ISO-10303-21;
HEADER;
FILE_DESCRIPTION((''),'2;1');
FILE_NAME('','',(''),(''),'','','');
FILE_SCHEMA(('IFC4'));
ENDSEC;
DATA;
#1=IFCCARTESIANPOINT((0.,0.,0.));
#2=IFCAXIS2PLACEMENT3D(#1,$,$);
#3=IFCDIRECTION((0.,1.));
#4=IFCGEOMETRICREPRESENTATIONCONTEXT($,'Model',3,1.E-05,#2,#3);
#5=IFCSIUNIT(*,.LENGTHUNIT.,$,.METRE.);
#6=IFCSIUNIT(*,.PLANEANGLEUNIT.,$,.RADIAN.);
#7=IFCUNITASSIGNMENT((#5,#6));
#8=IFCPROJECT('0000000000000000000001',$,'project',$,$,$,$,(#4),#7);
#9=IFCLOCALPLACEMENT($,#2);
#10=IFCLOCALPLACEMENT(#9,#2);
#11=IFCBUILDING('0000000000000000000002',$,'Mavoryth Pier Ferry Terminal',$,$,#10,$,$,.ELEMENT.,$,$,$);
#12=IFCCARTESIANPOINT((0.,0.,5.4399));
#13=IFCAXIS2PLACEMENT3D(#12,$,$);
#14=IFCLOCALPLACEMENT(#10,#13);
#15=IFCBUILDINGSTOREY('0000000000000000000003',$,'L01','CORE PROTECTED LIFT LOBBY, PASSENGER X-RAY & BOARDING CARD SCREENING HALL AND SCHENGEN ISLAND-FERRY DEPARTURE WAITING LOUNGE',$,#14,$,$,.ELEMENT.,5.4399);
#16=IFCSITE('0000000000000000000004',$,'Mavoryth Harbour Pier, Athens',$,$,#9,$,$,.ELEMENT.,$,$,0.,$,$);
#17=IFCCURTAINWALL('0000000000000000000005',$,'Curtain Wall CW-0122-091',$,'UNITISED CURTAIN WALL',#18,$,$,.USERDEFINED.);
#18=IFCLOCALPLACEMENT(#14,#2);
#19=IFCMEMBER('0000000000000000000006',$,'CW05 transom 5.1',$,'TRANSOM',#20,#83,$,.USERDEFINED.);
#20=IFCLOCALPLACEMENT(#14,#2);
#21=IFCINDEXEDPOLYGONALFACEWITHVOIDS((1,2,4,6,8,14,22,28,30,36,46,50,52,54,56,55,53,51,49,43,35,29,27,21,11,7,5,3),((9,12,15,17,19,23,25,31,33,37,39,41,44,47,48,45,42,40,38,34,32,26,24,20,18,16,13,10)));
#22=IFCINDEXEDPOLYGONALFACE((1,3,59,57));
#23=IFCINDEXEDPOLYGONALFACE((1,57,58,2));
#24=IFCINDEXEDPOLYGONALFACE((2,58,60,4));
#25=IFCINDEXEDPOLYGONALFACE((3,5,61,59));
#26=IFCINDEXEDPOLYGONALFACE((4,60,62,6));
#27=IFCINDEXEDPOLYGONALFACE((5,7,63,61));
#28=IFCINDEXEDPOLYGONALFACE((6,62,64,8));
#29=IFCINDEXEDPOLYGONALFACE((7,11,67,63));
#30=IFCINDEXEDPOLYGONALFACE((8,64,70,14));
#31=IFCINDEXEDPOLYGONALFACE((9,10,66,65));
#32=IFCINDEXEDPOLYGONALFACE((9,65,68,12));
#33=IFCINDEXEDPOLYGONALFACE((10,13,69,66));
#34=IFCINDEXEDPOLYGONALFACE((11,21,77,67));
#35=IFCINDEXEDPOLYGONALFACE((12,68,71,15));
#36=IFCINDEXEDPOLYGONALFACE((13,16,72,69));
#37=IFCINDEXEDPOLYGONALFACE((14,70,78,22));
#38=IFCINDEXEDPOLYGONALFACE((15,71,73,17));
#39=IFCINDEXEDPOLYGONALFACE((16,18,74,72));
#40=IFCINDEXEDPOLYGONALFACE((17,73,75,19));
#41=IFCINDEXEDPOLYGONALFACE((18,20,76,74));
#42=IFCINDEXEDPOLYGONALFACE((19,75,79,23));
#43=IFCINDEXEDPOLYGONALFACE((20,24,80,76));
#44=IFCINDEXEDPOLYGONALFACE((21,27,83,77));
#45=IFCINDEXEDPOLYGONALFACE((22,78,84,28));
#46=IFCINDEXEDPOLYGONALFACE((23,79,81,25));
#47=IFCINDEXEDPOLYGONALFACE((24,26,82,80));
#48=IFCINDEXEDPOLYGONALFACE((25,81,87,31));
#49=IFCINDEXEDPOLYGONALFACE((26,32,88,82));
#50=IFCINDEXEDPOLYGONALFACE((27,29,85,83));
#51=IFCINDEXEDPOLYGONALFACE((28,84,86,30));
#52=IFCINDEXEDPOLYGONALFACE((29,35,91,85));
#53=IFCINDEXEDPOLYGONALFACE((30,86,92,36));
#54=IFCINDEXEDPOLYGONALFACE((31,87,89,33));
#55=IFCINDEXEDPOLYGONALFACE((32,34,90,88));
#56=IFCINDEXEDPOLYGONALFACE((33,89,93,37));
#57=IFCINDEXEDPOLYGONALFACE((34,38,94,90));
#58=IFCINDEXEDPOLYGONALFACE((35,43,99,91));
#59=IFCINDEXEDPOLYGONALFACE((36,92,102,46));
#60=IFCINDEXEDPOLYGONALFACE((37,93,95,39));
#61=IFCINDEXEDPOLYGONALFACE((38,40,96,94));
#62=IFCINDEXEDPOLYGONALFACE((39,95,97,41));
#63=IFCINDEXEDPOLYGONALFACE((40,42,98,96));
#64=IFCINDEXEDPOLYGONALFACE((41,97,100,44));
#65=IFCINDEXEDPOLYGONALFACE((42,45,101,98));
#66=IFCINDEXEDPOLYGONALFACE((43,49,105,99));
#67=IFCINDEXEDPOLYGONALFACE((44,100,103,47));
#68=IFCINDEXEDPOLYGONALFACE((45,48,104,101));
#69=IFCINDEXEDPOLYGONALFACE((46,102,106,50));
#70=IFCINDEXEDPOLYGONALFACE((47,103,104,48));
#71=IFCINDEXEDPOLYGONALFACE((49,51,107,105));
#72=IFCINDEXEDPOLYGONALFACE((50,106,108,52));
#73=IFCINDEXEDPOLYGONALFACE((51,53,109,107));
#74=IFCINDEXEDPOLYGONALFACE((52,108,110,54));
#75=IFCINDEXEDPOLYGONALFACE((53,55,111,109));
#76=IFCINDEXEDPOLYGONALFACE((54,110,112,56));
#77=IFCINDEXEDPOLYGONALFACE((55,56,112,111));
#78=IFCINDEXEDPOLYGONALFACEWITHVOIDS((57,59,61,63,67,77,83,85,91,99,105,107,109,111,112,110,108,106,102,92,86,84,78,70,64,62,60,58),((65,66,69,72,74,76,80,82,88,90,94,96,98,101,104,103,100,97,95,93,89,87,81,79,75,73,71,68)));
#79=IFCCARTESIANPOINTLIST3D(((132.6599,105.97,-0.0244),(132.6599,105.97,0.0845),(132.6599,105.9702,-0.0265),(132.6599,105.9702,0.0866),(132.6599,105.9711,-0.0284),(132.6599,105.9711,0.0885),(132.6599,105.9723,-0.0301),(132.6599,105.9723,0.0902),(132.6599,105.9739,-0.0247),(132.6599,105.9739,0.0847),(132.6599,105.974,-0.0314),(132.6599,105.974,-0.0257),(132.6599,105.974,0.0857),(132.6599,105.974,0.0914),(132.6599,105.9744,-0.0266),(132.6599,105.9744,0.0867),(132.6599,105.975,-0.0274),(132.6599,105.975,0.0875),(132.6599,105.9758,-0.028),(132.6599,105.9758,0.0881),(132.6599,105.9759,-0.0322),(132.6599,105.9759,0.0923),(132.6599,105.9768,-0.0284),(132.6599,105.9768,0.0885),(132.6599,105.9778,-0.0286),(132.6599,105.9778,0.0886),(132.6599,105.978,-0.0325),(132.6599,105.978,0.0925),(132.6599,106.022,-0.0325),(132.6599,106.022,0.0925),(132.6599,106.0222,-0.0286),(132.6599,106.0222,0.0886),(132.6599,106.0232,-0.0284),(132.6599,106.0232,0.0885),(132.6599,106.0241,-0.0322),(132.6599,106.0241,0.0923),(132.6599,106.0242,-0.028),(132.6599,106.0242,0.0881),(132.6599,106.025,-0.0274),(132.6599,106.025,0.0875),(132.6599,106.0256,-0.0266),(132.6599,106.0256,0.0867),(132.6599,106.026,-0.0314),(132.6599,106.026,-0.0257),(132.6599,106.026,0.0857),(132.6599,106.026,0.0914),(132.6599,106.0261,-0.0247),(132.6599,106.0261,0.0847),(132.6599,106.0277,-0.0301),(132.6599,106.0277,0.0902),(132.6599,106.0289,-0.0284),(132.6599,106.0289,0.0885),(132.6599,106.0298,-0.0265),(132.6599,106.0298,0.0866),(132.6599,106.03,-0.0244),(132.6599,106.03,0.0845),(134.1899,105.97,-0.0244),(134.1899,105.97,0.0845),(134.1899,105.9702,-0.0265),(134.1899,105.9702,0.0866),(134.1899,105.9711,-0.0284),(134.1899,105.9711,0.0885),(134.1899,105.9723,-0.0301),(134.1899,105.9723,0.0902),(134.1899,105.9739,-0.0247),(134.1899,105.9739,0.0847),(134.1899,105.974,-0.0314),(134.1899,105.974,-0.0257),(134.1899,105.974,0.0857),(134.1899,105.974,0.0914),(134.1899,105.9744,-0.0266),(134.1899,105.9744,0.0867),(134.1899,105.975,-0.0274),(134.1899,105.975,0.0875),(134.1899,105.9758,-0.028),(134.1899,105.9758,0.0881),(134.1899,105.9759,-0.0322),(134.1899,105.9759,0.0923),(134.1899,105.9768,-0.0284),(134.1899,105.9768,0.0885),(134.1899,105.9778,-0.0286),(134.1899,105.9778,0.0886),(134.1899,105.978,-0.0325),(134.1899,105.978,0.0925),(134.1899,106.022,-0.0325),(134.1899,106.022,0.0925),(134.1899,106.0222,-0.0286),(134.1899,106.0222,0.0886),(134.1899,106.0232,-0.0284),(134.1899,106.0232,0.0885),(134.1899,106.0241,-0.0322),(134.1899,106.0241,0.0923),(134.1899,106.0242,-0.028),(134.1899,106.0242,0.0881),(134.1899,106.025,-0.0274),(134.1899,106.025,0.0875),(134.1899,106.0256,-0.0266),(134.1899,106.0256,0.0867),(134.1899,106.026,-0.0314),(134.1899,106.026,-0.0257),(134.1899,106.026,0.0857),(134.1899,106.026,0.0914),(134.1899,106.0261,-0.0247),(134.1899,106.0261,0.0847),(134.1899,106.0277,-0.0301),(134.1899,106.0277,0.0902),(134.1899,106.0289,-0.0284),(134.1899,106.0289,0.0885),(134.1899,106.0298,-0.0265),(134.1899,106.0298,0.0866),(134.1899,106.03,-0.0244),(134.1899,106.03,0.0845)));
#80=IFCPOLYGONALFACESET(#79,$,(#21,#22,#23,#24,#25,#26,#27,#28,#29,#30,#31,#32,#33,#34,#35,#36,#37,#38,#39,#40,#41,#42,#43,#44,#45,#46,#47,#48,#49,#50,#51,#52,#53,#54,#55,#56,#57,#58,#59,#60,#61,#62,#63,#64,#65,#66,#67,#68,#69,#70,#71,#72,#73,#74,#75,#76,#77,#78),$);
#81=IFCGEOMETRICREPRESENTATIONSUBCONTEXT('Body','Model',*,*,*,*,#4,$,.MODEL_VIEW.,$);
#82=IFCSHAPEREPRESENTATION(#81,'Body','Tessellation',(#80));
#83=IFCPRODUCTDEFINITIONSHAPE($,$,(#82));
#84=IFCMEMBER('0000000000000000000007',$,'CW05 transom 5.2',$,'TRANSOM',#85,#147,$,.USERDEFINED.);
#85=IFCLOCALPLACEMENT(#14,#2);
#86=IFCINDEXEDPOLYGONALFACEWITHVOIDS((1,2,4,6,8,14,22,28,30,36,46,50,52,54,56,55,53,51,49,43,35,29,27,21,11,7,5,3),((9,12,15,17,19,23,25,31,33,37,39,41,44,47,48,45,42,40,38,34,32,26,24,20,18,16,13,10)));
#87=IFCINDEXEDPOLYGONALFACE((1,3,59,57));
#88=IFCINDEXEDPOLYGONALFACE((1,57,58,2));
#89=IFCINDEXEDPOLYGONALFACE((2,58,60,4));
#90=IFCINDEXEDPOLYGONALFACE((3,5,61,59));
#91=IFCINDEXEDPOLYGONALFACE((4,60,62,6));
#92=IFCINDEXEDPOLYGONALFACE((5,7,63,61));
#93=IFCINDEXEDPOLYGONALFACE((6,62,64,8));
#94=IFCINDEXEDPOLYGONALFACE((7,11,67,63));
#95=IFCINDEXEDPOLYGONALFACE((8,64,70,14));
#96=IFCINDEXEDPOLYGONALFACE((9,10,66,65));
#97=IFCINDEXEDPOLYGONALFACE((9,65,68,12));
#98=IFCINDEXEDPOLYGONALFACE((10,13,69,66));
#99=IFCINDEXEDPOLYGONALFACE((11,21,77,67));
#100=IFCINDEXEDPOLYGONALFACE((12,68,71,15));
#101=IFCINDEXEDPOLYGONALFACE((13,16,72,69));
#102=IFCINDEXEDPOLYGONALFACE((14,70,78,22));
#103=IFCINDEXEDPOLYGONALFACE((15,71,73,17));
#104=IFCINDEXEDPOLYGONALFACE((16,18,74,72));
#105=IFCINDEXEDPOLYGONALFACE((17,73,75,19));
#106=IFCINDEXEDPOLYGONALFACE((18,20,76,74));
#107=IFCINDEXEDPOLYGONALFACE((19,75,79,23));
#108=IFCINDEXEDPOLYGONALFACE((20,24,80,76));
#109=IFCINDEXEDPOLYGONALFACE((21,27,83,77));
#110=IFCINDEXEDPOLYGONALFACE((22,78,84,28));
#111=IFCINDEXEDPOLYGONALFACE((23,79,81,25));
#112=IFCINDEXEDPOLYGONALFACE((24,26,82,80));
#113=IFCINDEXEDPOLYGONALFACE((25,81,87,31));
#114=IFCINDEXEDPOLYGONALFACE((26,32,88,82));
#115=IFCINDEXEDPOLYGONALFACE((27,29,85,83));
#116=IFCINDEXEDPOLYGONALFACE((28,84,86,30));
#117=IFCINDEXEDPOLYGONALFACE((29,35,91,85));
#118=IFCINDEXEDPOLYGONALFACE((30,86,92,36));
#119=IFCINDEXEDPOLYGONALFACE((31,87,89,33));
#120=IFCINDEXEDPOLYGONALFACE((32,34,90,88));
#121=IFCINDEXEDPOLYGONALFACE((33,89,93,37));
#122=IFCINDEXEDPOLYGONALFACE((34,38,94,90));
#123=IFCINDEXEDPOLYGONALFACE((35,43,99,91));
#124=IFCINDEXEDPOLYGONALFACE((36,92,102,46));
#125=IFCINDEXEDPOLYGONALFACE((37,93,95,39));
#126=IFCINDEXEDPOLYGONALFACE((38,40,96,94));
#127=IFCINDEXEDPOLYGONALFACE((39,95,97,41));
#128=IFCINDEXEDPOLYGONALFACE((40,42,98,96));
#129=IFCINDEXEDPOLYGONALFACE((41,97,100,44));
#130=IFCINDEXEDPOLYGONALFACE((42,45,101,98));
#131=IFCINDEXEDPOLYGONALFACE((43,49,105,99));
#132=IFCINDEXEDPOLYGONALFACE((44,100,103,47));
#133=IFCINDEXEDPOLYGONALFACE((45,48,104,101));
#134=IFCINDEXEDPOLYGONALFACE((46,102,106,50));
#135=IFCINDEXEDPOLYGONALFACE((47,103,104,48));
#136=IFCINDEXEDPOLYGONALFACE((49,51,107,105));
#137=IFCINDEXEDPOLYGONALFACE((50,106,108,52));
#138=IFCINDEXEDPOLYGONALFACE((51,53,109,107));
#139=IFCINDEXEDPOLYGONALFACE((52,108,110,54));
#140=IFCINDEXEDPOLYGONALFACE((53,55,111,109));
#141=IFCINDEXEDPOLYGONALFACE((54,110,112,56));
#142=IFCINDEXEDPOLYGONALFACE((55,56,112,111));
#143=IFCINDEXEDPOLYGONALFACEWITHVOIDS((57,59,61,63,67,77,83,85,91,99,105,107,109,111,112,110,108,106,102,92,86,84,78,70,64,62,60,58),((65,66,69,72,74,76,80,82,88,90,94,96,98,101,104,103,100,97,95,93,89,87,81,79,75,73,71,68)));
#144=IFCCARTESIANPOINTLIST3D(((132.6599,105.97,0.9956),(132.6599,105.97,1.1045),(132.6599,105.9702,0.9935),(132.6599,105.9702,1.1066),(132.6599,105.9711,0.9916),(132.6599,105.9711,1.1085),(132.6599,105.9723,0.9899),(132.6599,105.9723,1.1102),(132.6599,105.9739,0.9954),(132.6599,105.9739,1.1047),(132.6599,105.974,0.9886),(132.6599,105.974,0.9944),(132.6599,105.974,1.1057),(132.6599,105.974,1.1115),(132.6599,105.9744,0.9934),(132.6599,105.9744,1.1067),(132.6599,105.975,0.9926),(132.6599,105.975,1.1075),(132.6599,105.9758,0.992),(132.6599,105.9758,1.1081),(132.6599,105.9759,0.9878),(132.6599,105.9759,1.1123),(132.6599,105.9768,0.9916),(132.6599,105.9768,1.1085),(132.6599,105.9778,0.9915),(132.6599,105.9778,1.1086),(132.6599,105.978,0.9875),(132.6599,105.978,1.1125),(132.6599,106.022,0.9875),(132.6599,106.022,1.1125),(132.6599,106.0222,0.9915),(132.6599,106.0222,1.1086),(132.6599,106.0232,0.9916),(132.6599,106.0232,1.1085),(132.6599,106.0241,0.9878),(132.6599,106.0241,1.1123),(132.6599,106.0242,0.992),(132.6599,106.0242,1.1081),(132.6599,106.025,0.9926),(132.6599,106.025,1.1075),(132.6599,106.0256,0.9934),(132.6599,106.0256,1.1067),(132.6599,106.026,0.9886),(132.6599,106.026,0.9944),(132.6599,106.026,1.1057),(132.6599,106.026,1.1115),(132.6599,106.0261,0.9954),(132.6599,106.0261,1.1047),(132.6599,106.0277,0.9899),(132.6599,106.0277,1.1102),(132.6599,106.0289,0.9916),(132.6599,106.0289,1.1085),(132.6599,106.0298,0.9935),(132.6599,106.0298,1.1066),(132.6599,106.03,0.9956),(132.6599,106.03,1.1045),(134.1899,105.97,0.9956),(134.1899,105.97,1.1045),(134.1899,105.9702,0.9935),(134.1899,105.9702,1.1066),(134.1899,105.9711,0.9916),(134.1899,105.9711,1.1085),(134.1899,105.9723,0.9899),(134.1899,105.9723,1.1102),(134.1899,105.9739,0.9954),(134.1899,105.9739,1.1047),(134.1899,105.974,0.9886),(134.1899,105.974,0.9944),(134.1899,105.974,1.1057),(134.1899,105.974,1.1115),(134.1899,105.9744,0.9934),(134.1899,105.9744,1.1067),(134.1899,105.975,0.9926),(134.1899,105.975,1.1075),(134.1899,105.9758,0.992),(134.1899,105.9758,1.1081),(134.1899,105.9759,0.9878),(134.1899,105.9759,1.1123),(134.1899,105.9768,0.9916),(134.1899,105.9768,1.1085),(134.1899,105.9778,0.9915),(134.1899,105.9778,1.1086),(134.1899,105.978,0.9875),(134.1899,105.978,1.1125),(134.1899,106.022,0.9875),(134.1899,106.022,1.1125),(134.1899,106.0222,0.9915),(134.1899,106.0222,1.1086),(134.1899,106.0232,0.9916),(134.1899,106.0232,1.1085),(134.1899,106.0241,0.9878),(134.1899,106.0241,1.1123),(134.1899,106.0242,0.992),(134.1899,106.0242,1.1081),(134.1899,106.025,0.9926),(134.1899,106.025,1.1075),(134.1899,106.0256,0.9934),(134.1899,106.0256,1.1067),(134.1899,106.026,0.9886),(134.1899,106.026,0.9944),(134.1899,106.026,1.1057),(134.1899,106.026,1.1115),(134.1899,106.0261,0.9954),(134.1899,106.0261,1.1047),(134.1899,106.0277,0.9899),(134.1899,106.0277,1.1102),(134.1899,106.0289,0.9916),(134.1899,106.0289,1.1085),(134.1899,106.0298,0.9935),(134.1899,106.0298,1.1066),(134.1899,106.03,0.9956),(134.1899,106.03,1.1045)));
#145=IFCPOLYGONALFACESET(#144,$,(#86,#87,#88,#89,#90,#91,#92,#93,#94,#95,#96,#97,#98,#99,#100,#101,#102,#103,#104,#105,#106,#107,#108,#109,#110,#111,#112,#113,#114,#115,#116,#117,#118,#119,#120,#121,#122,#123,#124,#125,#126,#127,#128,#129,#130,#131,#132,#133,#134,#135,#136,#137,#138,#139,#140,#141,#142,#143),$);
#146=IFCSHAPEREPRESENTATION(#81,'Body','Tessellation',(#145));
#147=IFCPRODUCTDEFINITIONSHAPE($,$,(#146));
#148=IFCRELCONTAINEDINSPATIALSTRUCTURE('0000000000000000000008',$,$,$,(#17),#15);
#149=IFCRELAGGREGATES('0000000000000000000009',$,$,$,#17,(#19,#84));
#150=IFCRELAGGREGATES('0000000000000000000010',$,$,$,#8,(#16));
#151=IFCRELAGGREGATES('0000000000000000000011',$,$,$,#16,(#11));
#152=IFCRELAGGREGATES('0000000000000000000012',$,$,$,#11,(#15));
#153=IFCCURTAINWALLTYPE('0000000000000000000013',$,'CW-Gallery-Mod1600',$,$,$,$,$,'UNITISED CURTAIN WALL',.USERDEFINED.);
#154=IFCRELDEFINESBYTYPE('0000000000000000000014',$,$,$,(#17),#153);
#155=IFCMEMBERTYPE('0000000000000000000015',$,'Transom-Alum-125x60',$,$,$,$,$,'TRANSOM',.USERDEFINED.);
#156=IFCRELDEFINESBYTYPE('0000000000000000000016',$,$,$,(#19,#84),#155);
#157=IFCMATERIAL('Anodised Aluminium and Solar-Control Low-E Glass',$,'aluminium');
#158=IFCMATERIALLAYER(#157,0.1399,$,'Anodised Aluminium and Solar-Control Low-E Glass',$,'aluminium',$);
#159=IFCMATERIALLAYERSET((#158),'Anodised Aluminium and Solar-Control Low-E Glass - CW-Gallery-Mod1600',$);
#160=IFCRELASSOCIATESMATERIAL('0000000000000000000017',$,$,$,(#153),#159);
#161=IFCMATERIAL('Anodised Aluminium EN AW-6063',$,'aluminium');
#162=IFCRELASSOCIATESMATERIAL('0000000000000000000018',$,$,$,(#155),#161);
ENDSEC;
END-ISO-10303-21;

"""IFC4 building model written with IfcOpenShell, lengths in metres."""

from ifc_helpers import new_model, si_unit, direction, frame, origin, origin_2d, place, context, subcontext, project, spatial, hollow_rectangle, extrude, material, layer, layer_set, material_profile, profile_set, type_object, element, aggregate, save


model = new_model("IFC4")

# Units and contexts
model_context = context("Model", 3, precision=1e-05, world=origin(), true_north=direction((0.0, 1.0)))
body_context = subcontext(model_context, "Body", "Model", "MODEL_VIEW")
ifc_project = project(units=[si_unit("LENGTHUNIT", "METRE"), si_unit("PLANEANGLEUNIT", "RADIAN")], contexts=[model_context])

# Site, building, storey
site_placement = place(None, origin())
site = spatial("IfcSite", under=ifc_project, at=site_placement, Name="Mavoryth Harbour Pier, Athens", CompositionType="ELEMENT", RefElevation=0.0)
building_placement = place(site_placement, origin())
building = spatial("IfcBuilding", under=site, at=building_placement, Name="Mavoryth Pier Ferry Terminal", CompositionType="ELEMENT")
storey_placement = place(building_placement, frame((0.0, 0.0, 5.4399)))
storey = spatial("IfcBuildingStorey", under=building, at=storey_placement, Name="L01", Description="CORE PROTECTED LIFT LOBBY, PASSENGER X-RAY & BOARDING CARD SCREENING HALL AND SCHENGEN ISLAND-FERRY DEPARTURE WAITING LOUNGE", CompositionType="ELEMENT", Elevation=5.4399)

# Curtain wall
ifc_material_1 = material(Name="Anodised Aluminium and Solar-Control Low-E Glass", Category="aluminium")
ifc_layer_1 = layer(ifc_material_1, 0.1399, Name="Anodised Aluminium and Solar-Control Low-E Glass", Category="aluminium")
ifc_layer_set_1 = layer_set([ifc_layer_1], Name="Anodised Aluminium and Solar-Control Low-E Glass - CW-Gallery-Mod1600")
curtain_wall_type = type_object("IfcCurtainWallType", Name="CW-Gallery-Mod1600", ElementType="UNITISED CURTAIN WALL", PredefinedType="USERDEFINED", material=ifc_layer_set_1)
curtain_wall_1_placement = place(storey_placement, origin())
curtain_wall_1 = element("IfcCurtainWall", 1, at=curtain_wall_1_placement, inside=storey, type_object=curtain_wall_type, Name="Curtain Wall CW-0122-091", ObjectType="UNITISED CURTAIN WALL", PredefinedType="USERDEFINED")
ifc_material_2 = material(Name="Anodised Aluminium EN AW-6063", Category="aluminium")

# Members
ifc_material_profile_1 = material_profile(ifc_material_2, hollow_rectangle(XDim=0.0601, YDim=0.125, WallThickness=0.0039, InnerFilletRadius=0.0039, OuterFilletRadius=0.0081, at=origin_2d()), Name="AL-TRAN 125x60x4", Category="aluminium")
ifc_profile_set_1 = profile_set([ifc_material_profile_1], Name="Anodised Aluminium EN AW-6063 - AL-TRAN 125x60x4")
member_type_1 = type_object("IfcMemberType", Name="Transom-Alum-125x60", ElementType="TRANSOM", PredefinedType="USERDEFINED", material=ifc_profile_set_1)
member_1_placement = place(storey_placement, frame((132.6599, 106.0, 0.03), z_axis=(1.0, 0.0, 0.0), x_axis=(0.0, 1.0, 0.0)))
member_1 = element("IfcMember", 2, at=member_1_placement, type_object=member_type_1, Name="CW05 transom 5.1", ObjectType="TRANSOM", PredefinedType="USERDEFINED", context=body_context, shape_type="SweptSolid", body=[
    extrude(hollow_rectangle(XDim=0.0601, YDim=0.125, WallThickness=0.0039, InnerFilletRadius=0.0039, OuterFilletRadius=0.0081, at=origin_2d()), origin(), (0.0, 0.0, 1.0), 1.53),
])
member_2_placement = place(storey_placement, frame((132.6599, 106.0, 1.05), z_axis=(1.0, 0.0, 0.0), x_axis=(0.0, 1.0, 0.0)))
member_2 = element("IfcMember", 3, at=member_2_placement, type_object=member_type_1, Name="CW05 transom 5.2", ObjectType="TRANSOM", PredefinedType="USERDEFINED", context=body_context, shape_type="SweptSolid", body=[
    extrude(hollow_rectangle(XDim=0.0601, YDim=0.125, WallThickness=0.0039, InnerFilletRadius=0.0039, OuterFilletRadius=0.0081, at=origin_2d()), origin(), (0.0, 0.0, 1.0), 1.53),
])

aggregate(curtain_wall_1, [member_1, member_2])

save(model, "model.ifc")
